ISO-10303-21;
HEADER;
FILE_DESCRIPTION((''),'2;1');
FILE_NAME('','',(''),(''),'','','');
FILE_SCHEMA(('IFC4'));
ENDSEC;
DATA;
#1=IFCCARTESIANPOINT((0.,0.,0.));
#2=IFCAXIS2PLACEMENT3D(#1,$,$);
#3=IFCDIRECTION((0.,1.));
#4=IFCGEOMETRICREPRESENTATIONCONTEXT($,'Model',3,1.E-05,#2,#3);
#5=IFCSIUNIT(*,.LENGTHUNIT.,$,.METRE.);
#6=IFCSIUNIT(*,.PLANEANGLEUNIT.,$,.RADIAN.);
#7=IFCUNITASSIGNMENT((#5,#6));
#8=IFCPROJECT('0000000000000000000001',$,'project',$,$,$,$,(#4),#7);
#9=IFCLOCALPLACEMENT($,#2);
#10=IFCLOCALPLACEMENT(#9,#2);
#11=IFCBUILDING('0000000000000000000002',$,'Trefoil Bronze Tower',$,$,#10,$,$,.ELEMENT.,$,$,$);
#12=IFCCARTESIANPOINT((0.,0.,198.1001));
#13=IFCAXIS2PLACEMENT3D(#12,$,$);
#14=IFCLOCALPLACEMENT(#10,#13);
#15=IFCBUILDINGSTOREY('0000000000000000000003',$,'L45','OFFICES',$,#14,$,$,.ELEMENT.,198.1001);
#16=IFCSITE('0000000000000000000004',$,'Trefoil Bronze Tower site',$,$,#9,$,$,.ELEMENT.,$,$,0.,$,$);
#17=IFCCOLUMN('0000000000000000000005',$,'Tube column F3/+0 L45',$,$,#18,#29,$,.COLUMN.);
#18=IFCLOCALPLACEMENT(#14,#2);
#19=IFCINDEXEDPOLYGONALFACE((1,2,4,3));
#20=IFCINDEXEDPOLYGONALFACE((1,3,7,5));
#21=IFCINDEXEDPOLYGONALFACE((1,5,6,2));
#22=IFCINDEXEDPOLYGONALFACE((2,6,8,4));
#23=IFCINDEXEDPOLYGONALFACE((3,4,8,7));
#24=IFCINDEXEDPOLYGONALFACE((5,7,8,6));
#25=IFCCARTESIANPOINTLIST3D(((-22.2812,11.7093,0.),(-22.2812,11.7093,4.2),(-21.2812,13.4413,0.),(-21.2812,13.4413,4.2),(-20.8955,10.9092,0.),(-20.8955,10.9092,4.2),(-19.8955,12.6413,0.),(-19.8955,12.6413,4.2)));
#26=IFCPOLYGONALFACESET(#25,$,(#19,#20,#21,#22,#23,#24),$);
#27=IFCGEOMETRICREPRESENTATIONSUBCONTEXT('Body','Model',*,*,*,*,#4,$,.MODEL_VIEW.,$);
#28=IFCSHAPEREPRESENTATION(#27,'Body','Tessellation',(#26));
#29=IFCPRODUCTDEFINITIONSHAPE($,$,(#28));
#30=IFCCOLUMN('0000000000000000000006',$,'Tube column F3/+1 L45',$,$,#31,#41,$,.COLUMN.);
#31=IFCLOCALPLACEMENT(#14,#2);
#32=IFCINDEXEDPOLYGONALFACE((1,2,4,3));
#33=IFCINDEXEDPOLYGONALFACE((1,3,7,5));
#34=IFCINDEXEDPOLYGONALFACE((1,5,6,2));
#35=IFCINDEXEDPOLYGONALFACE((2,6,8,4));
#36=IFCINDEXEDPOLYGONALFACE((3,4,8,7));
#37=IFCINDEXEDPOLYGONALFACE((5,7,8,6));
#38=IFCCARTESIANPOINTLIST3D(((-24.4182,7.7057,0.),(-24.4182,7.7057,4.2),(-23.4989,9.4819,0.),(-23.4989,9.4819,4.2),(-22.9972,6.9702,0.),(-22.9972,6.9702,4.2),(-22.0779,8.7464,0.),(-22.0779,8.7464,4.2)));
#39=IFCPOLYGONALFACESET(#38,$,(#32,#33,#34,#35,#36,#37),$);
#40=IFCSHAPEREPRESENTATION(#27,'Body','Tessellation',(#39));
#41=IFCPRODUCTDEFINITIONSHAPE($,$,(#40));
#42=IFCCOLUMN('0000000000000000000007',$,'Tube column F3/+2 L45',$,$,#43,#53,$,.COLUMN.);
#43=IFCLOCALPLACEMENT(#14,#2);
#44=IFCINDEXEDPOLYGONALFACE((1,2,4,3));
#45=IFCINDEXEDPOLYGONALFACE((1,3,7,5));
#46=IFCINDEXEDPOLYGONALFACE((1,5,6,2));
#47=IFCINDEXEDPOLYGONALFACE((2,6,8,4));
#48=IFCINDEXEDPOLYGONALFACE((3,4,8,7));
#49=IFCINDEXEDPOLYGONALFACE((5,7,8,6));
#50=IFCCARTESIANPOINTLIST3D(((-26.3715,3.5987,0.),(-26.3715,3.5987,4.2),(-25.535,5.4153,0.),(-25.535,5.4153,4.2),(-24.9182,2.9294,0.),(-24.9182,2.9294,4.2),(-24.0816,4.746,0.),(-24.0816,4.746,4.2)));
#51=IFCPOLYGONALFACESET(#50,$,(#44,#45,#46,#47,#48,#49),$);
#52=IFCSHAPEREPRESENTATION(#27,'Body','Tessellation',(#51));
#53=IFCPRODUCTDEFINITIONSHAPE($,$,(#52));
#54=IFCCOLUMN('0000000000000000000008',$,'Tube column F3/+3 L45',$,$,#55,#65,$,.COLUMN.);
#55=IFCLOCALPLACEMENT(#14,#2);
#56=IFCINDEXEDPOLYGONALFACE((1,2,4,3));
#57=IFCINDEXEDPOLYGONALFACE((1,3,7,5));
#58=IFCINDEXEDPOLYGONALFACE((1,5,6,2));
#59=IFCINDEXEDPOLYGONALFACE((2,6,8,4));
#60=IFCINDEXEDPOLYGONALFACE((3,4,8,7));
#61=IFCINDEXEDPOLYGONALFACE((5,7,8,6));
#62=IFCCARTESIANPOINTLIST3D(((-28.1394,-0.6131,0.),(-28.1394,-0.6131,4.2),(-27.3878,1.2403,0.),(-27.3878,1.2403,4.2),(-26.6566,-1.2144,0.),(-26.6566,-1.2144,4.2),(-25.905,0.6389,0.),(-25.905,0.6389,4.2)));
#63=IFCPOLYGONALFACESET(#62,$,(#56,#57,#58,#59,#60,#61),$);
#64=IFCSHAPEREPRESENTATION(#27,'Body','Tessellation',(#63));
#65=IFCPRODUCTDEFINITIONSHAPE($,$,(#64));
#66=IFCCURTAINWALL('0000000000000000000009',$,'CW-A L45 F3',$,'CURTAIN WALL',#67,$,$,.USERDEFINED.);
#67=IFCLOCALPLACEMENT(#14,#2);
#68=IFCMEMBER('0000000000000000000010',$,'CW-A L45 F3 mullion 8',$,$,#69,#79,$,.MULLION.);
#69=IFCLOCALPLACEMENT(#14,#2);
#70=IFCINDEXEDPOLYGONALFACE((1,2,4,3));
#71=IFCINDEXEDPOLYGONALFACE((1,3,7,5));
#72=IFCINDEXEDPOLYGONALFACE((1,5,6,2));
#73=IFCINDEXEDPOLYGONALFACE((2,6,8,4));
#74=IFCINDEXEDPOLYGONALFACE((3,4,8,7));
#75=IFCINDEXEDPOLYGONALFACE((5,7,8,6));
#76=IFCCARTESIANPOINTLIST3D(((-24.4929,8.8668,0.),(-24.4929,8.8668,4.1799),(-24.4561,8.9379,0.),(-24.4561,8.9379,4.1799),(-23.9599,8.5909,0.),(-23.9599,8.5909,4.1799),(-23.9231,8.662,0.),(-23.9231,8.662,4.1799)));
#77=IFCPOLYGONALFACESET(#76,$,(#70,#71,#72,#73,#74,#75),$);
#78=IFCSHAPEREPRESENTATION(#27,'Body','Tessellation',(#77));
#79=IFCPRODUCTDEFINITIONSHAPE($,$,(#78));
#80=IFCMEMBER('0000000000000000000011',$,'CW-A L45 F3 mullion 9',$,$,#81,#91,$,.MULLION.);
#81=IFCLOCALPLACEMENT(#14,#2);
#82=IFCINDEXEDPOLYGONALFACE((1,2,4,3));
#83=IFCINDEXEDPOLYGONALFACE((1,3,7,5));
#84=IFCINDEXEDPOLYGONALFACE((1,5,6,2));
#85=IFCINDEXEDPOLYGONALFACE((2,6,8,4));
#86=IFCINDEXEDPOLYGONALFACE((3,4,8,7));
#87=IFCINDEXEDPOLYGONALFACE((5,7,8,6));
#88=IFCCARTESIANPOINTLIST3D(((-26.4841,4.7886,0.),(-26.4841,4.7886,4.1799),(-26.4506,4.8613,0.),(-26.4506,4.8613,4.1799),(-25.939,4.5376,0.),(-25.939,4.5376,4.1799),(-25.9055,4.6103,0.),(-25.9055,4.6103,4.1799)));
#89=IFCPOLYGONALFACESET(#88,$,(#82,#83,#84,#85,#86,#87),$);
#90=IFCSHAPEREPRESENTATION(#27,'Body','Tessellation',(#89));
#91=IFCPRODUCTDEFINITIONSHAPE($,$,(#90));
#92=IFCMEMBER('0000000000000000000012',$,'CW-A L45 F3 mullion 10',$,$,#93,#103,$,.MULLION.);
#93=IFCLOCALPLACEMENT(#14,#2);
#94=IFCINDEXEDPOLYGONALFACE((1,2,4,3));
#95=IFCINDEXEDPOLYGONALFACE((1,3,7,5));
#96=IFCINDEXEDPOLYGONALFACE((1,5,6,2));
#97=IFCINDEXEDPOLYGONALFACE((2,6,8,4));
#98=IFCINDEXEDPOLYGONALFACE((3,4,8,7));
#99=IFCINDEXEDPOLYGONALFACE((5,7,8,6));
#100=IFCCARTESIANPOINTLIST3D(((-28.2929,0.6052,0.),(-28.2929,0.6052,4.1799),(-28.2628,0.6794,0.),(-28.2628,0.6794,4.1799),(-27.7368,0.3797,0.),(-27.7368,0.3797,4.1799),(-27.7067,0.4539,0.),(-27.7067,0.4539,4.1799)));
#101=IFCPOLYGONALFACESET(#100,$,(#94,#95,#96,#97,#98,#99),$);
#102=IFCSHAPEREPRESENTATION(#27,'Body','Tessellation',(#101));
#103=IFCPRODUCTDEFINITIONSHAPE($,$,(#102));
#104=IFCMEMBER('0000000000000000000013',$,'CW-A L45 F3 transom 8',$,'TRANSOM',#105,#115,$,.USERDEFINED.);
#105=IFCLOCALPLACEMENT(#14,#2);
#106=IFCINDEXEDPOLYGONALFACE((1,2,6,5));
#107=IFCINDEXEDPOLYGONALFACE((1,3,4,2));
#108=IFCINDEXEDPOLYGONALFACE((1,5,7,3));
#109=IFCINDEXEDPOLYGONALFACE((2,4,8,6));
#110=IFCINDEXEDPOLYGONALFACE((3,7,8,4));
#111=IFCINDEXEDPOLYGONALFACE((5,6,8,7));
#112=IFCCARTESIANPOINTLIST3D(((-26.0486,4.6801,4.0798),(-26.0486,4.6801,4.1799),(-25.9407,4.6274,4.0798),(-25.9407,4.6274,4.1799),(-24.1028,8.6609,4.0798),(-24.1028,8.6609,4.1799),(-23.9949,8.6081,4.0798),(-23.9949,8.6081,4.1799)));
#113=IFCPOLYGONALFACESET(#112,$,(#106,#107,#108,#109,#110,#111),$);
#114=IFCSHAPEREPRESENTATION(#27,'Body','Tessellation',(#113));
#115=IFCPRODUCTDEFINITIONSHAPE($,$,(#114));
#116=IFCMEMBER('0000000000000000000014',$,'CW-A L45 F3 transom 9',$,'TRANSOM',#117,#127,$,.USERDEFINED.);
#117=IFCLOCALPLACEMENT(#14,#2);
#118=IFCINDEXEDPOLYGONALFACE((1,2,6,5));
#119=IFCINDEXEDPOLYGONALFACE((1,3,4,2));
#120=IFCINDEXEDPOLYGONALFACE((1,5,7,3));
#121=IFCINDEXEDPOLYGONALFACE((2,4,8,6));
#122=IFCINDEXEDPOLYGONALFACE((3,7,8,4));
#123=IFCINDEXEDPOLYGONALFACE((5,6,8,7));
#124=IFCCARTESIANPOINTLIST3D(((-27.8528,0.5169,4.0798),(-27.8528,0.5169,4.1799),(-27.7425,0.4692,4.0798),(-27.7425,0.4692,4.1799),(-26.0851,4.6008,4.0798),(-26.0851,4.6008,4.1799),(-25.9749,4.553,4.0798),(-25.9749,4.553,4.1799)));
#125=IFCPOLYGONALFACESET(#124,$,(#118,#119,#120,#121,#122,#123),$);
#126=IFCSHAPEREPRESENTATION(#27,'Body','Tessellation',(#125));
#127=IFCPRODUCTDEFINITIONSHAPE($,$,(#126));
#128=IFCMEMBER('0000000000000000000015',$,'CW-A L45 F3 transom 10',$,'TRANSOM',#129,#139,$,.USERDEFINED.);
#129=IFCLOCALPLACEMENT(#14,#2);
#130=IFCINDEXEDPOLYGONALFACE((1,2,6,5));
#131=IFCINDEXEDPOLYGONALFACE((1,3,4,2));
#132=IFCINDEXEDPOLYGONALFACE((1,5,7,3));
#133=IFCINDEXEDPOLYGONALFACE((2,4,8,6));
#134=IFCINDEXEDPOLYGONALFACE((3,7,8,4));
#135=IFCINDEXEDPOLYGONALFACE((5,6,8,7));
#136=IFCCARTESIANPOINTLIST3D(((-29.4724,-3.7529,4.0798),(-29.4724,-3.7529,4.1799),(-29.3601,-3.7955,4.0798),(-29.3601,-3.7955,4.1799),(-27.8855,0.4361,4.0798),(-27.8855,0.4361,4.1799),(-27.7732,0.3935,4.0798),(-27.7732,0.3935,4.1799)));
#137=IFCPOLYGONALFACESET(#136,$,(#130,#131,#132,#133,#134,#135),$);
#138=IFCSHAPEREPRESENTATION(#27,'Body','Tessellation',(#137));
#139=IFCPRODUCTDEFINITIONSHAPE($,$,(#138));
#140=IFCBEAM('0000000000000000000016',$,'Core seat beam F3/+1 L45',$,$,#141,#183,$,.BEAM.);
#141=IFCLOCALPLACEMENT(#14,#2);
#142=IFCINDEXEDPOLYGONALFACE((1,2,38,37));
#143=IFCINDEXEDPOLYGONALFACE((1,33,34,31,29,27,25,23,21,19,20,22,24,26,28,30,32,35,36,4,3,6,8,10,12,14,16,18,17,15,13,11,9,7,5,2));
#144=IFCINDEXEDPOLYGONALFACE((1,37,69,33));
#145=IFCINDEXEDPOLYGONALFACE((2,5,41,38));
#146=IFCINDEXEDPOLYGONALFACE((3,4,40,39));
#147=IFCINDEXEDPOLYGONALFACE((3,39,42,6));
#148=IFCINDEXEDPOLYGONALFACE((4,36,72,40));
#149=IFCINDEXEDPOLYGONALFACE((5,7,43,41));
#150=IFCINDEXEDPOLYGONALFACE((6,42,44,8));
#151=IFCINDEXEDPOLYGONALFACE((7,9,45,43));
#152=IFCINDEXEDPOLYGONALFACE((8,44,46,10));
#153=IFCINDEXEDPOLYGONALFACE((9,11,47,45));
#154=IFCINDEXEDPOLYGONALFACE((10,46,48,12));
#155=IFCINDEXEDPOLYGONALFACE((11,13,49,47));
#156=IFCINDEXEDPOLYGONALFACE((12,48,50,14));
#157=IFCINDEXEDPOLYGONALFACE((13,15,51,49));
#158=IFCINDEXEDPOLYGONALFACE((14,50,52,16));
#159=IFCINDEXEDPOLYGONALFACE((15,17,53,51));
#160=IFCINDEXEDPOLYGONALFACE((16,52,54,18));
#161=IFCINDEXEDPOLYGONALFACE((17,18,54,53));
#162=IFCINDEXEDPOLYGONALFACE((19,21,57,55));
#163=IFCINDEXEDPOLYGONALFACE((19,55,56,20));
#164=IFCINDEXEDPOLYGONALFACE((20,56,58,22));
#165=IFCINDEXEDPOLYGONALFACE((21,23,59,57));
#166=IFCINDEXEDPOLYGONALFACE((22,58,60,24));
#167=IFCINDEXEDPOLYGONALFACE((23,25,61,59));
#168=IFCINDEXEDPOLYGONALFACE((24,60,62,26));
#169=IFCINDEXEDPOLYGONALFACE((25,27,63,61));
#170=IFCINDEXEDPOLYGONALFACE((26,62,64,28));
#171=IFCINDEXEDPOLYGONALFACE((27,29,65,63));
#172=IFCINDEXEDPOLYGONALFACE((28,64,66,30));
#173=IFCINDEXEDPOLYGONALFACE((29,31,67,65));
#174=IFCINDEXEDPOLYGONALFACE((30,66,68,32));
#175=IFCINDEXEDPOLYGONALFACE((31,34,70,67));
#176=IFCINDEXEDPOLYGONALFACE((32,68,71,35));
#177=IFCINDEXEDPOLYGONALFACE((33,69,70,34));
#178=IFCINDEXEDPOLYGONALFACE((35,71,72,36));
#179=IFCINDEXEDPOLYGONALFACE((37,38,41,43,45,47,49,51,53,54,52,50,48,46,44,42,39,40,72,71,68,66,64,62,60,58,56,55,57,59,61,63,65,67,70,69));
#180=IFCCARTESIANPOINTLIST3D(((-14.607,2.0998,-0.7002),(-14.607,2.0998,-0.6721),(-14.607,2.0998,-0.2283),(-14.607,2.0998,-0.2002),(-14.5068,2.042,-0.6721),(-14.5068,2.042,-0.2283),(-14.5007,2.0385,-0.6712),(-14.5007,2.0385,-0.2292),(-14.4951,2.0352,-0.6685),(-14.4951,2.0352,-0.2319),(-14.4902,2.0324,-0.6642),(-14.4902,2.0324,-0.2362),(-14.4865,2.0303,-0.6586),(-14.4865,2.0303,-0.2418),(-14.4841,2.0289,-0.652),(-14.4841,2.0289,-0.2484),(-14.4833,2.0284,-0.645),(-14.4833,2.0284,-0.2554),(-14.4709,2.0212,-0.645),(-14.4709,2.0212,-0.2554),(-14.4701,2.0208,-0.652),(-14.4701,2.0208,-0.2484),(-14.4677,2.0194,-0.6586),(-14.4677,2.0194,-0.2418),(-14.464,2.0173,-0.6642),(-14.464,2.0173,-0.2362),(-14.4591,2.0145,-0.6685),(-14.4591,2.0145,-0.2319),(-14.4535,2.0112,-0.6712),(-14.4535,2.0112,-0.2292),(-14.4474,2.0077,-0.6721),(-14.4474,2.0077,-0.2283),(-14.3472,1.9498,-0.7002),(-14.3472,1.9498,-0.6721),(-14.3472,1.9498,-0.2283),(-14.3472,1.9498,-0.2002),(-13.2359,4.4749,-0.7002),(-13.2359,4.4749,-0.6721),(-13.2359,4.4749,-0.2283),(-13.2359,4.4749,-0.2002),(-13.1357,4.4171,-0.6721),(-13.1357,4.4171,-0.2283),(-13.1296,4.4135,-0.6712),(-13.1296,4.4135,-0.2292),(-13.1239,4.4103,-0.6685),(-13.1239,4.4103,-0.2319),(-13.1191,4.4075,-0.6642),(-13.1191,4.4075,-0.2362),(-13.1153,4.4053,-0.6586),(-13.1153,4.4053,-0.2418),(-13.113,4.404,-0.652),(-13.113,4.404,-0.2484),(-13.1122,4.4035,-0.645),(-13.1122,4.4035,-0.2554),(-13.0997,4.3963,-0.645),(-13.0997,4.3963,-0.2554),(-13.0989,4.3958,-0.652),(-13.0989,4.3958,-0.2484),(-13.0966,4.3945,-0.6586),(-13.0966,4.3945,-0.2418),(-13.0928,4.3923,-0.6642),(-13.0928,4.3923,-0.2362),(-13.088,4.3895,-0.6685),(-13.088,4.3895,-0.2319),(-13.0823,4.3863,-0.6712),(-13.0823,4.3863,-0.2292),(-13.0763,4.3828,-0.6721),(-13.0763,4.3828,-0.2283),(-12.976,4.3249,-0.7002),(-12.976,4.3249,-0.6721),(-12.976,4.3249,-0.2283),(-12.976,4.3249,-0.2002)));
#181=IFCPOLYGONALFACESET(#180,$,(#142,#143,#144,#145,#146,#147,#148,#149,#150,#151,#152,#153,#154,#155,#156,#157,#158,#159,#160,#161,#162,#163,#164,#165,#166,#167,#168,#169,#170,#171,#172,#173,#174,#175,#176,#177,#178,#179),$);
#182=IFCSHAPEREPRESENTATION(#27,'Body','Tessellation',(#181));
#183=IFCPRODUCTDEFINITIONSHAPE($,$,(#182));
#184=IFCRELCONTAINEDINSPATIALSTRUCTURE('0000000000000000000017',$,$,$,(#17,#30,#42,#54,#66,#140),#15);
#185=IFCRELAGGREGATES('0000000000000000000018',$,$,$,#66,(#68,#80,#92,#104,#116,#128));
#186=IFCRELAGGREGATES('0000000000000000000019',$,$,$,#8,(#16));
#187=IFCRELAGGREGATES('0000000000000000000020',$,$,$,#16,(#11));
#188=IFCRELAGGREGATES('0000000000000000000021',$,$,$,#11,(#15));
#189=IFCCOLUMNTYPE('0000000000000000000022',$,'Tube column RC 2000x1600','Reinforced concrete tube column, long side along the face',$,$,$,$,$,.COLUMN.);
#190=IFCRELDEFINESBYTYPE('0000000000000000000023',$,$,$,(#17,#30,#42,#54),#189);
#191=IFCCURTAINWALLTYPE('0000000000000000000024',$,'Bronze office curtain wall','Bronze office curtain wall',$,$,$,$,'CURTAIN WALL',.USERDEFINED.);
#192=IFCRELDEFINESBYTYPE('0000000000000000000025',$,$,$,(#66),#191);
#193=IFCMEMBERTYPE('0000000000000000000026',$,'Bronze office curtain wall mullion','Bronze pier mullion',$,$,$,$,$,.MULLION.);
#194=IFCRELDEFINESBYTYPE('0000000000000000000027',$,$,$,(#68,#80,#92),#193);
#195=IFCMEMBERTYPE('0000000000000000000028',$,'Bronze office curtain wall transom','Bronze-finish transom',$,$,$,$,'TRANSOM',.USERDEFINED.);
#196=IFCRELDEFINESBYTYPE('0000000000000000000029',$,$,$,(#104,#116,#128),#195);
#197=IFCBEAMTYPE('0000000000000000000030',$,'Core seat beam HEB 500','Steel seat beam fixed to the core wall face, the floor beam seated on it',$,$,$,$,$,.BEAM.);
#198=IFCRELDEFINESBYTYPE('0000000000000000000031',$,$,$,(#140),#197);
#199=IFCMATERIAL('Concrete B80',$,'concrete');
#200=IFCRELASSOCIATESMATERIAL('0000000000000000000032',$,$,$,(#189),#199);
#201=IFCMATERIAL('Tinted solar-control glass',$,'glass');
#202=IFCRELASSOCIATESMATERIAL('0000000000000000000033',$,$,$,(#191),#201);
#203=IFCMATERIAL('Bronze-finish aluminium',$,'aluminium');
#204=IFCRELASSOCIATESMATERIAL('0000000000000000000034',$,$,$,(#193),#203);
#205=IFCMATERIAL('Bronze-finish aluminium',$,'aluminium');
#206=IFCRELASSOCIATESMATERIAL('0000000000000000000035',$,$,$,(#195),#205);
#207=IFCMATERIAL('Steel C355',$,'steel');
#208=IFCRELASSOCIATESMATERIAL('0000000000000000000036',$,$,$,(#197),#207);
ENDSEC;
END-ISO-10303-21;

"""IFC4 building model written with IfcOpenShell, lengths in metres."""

from ifc_helpers import new_model, si_unit, direction, frame, origin, origin_2d, place, context, subcontext, project, spatial, rectangle, i_section, extrude, material, material_profile, profile_set, type_object, element, aggregate, save


model = new_model("IFC4")

# Units and contexts
model_context = context("Model", 3, precision=1e-05, world=origin(), true_north=direction((0.0, 1.0)))
body_context = subcontext(model_context, "Body", "Model", "MODEL_VIEW")
ifc_project = project(units=[si_unit("LENGTHUNIT", "METRE"), si_unit("PLANEANGLEUNIT", "RADIAN")], contexts=[model_context])

# Site, building, storey
site_placement = place(None, origin())
site = spatial("IfcSite", under=ifc_project, at=site_placement, Name="Trefoil Bronze Tower site", CompositionType="ELEMENT", RefElevation=0.0)
building_placement = place(site_placement, origin())
building = spatial("IfcBuilding", under=site, at=building_placement, Name="Trefoil Bronze Tower", CompositionType="ELEMENT")
storey_placement = place(building_placement, frame((0.0, 0.0, 198.1001)))
storey = spatial("IfcBuildingStorey", under=building, at=storey_placement, Name="L45", Description="OFFICES", CompositionType="ELEMENT", Elevation=198.1001)

# Columns
ifc_material_1 = material(Name="Concrete B80", Category="concrete")
ifc_material_profile_1 = material_profile(ifc_material_1, rectangle(XDim=2.0, YDim=1.6001, at=origin_2d()), Name="RC 2000x1600")
ifc_profile_set_1 = profile_set([ifc_material_profile_1], Name="Concrete B80")
column_type = type_object("IfcColumnType", Name="Tube column RC 2000x1600", Description="Reinforced concrete tube column, long side along the face", PredefinedType="COLUMN", material=ifc_profile_set_1)
for number, where, z_axis, x_axis, name in (
    (1, (-21.0884, 12.1753, 0.0), (0.0, 0.0, 1.0), (-0.5, -0.866025, 0.0), "Tube column F3/+0 L45"),
    (2, (-23.248, 8.2261, 0.0), (0.0, 0.0, 1.0), (-0.459673, -0.888088, 0.0), "Tube column F3/+1 L45"),
    (3, (-25.2266, 4.1724, 0.0), (0.0, 0.0, 1.0), (-0.418286, -0.908315, 0.0), "Tube column F3/+2 L45"),
    (4, (-27.0222, 0.0129, 0.0), (0.0, 0.0, 1.0), (-0.375828, -0.926689, 0.0), "Tube column F3/+3 L45"),
):
    element("IfcColumn", number, at=place(storey_placement, frame(where, z_axis=z_axis, x_axis=x_axis)), inside=storey, type_object=column_type, Name=name, PredefinedType="COLUMN", context=body_context, shape_type="SweptSolid", body=[
        extrude(rectangle(XDim=2.0, YDim=1.6001, at=origin_2d()), origin(), (0.0, 0.0, 1.0), 4.2),
    ])

# Curtain wall, members
ifc_material_2 = material(Name="Tinted solar-control glass", Category="glass")
curtain_wall_type = type_object("IfcCurtainWallType", Name="Bronze office curtain wall", Description="Bronze office curtain wall", ElementType="CURTAIN WALL", PredefinedType="USERDEFINED", material=ifc_material_2)
curtain_wall_placement = place(storey_placement, origin())
curtain_wall = element("IfcCurtainWall", 5, at=curtain_wall_placement, inside=storey, type_object=curtain_wall_type, Name="CW-A L45 F3", ObjectType="CURTAIN WALL", PredefinedType="USERDEFINED")
ifc_material_3 = material(Name="Bronze-finish aluminium", Category="aluminium")
ifc_material_profile_2 = material_profile(ifc_material_3, rectangle(XDim=0.6001, YDim=0.0801, at=origin_2d()), Name="CW-A mullion")
ifc_profile_set_2 = profile_set([ifc_material_profile_2], Name="Bronze-finish aluminium")
member_type_1 = type_object("IfcMemberType", Name="Bronze office curtain wall mullion", Description="Bronze pier mullion", PredefinedType="MULLION", material=ifc_profile_set_2)
member_1_placement = place(storey_placement, frame((-24.208, 8.7644, 0.0), z_axis=(0.0, 0.0, 1.0), x_axis=(0.888088, -0.459673, 0.0)))
member_1 = element("IfcMember", 6, at=member_1_placement, type_object=member_type_1, Name="CW-A L45 F3 mullion 8", PredefinedType="MULLION", context=body_context, shape_type="SweptSolid", body=[
    extrude(rectangle(XDim=0.6001, YDim=0.0801, at=origin_2d()), origin(), (0.0, 0.0, 1.0), 4.1799),
])
member_2_placement = place(storey_placement, frame((-26.1948, 4.6995, 0.0), z_axis=(0.0, 0.0, 1.0), x_axis=(0.908315, -0.418286, 0.0)))
member_2 = element("IfcMember", 7, at=member_2_placement, type_object=member_type_1, Name="CW-A L45 F3 mullion 9", PredefinedType="MULLION", context=body_context, shape_type="SweptSolid", body=[
    extrude(rectangle(XDim=0.6001, YDim=0.0801, at=origin_2d()), origin(), (0.0, 0.0, 1.0), 4.1799),
])
member_3_placement = place(storey_placement, frame((-27.9998, 0.5295, 0.0), z_axis=(0.0, 0.0, 1.0), x_axis=(0.926689, -0.375828, 0.0)))
member_3 = element("IfcMember", 8, at=member_3_placement, type_object=member_type_1, Name="CW-A L45 F3 mullion 10", PredefinedType="MULLION", context=body_context, shape_type="SweptSolid", body=[
    extrude(rectangle(XDim=0.6001, YDim=0.0801, at=origin_2d()), origin(), (0.0, 0.0, 1.0), 4.1799),
])
ifc_material_4 = material(Name="Bronze-finish aluminium", Category="aluminium")
ifc_material_profile_3 = material_profile(ifc_material_4, rectangle(XDim=0.1201, YDim=0.1001, at=origin_2d()), Name="CW-A transom")
ifc_profile_set_3 = profile_set([ifc_material_profile_3], Name="Bronze-finish aluminium")
member_type_2 = type_object("IfcMemberType", Name="Bronze office curtain wall transom", Description="Bronze-finish transom", ElementType="TRANSOM", PredefinedType="USERDEFINED", material=ifc_profile_set_3)
member_4_placement = place(storey_placement, frame((-24.0488, 8.6345, 4.1299), z_axis=(-0.439151, -0.898413, 0.0), x_axis=(0.898413, -0.439151, 0.0)))
member_4 = element("IfcMember", 9, at=member_4_placement, type_object=member_type_2, Name="CW-A L45 F3 transom 8", ObjectType="TRANSOM", PredefinedType="USERDEFINED", context=body_context, shape_type="SweptSolid", body=[
    extrude(rectangle(XDim=0.1201, YDim=0.1001, at=origin_2d()), origin(), (0.0, 0.0, 1.0), 4.4309),
])
member_5_placement = place(storey_placement, frame((-26.03, 4.5769, 4.1299), z_axis=(-0.397221, -0.917723, 0.0), x_axis=(0.917723, -0.397221, 0.0)))
member_5 = element("IfcMember", 10, at=member_5_placement, type_object=member_type_2, Name="CW-A L45 F3 transom 9", ObjectType="TRANSOM", PredefinedType="USERDEFINED", context=body_context, shape_type="SweptSolid", body=[
    extrude(rectangle(XDim=0.1201, YDim=0.1001, at=origin_2d()), origin(), (0.0, 0.0, 1.0), 4.45),
])
member_6_placement = place(storey_placement, frame((-27.8293, 0.4148, 4.1299), z_axis=(-0.354263, -0.935146, 0.0), x_axis=(0.935146, -0.354263, 0.0)))
member_6 = element("IfcMember", 11, at=member_6_placement, type_object=member_type_2, Name="CW-A L45 F3 transom 10", ObjectType="TRANSOM", PredefinedType="USERDEFINED", context=body_context, shape_type="SweptSolid", body=[
    extrude(rectangle(XDim=0.1201, YDim=0.1001, at=origin_2d()), origin(), (0.0, 0.0, 1.0), 4.4795),
])

# Beam
ifc_material_5 = material(Name="Steel C355", Category="steel")
ifc_material_profile_4 = material_profile(ifc_material_5, i_section(OverallWidth=0.3, OverallDepth=0.5, WebThickness=0.0144, FlangeThickness=0.0281, FilletRadius=0.0271, at=origin_2d()), Name="HEB 500")
ifc_profile_set_4 = profile_set([ifc_material_profile_4], Name="Steel C355")
beam_type_1 = type_object("IfcBeamType", Name="Core seat beam HEB 500", Description="Steel seat beam fixed to the core wall face, the floor beam seated on it", PredefinedType="BEAM", material=ifc_profile_set_4)
beam_1_placement = place(storey_placement, frame((-13.106, 4.3999, -0.4502), z_axis=(-0.499969, -0.866043, 0.0), x_axis=(0.866043, -0.499969, 0.0)))
element("IfcBeam", 12, at=beam_1_placement, inside=storey, type_object=beam_type_1, Name="Core seat beam F3/+1 L45", PredefinedType="BEAM", context=body_context, shape_type="SweptSolid", body=[
    extrude(i_section(OverallWidth=0.3, OverallDepth=0.5, WebThickness=0.0144, FlangeThickness=0.0281, FilletRadius=0.0271, at=origin_2d()), origin(), (0.0, 0.0, 1.0), 2.7424),
])

aggregate(curtain_wall, [member_1, member_2, member_3, member_4, member_5, member_6])

save(model, "model.ifc")
